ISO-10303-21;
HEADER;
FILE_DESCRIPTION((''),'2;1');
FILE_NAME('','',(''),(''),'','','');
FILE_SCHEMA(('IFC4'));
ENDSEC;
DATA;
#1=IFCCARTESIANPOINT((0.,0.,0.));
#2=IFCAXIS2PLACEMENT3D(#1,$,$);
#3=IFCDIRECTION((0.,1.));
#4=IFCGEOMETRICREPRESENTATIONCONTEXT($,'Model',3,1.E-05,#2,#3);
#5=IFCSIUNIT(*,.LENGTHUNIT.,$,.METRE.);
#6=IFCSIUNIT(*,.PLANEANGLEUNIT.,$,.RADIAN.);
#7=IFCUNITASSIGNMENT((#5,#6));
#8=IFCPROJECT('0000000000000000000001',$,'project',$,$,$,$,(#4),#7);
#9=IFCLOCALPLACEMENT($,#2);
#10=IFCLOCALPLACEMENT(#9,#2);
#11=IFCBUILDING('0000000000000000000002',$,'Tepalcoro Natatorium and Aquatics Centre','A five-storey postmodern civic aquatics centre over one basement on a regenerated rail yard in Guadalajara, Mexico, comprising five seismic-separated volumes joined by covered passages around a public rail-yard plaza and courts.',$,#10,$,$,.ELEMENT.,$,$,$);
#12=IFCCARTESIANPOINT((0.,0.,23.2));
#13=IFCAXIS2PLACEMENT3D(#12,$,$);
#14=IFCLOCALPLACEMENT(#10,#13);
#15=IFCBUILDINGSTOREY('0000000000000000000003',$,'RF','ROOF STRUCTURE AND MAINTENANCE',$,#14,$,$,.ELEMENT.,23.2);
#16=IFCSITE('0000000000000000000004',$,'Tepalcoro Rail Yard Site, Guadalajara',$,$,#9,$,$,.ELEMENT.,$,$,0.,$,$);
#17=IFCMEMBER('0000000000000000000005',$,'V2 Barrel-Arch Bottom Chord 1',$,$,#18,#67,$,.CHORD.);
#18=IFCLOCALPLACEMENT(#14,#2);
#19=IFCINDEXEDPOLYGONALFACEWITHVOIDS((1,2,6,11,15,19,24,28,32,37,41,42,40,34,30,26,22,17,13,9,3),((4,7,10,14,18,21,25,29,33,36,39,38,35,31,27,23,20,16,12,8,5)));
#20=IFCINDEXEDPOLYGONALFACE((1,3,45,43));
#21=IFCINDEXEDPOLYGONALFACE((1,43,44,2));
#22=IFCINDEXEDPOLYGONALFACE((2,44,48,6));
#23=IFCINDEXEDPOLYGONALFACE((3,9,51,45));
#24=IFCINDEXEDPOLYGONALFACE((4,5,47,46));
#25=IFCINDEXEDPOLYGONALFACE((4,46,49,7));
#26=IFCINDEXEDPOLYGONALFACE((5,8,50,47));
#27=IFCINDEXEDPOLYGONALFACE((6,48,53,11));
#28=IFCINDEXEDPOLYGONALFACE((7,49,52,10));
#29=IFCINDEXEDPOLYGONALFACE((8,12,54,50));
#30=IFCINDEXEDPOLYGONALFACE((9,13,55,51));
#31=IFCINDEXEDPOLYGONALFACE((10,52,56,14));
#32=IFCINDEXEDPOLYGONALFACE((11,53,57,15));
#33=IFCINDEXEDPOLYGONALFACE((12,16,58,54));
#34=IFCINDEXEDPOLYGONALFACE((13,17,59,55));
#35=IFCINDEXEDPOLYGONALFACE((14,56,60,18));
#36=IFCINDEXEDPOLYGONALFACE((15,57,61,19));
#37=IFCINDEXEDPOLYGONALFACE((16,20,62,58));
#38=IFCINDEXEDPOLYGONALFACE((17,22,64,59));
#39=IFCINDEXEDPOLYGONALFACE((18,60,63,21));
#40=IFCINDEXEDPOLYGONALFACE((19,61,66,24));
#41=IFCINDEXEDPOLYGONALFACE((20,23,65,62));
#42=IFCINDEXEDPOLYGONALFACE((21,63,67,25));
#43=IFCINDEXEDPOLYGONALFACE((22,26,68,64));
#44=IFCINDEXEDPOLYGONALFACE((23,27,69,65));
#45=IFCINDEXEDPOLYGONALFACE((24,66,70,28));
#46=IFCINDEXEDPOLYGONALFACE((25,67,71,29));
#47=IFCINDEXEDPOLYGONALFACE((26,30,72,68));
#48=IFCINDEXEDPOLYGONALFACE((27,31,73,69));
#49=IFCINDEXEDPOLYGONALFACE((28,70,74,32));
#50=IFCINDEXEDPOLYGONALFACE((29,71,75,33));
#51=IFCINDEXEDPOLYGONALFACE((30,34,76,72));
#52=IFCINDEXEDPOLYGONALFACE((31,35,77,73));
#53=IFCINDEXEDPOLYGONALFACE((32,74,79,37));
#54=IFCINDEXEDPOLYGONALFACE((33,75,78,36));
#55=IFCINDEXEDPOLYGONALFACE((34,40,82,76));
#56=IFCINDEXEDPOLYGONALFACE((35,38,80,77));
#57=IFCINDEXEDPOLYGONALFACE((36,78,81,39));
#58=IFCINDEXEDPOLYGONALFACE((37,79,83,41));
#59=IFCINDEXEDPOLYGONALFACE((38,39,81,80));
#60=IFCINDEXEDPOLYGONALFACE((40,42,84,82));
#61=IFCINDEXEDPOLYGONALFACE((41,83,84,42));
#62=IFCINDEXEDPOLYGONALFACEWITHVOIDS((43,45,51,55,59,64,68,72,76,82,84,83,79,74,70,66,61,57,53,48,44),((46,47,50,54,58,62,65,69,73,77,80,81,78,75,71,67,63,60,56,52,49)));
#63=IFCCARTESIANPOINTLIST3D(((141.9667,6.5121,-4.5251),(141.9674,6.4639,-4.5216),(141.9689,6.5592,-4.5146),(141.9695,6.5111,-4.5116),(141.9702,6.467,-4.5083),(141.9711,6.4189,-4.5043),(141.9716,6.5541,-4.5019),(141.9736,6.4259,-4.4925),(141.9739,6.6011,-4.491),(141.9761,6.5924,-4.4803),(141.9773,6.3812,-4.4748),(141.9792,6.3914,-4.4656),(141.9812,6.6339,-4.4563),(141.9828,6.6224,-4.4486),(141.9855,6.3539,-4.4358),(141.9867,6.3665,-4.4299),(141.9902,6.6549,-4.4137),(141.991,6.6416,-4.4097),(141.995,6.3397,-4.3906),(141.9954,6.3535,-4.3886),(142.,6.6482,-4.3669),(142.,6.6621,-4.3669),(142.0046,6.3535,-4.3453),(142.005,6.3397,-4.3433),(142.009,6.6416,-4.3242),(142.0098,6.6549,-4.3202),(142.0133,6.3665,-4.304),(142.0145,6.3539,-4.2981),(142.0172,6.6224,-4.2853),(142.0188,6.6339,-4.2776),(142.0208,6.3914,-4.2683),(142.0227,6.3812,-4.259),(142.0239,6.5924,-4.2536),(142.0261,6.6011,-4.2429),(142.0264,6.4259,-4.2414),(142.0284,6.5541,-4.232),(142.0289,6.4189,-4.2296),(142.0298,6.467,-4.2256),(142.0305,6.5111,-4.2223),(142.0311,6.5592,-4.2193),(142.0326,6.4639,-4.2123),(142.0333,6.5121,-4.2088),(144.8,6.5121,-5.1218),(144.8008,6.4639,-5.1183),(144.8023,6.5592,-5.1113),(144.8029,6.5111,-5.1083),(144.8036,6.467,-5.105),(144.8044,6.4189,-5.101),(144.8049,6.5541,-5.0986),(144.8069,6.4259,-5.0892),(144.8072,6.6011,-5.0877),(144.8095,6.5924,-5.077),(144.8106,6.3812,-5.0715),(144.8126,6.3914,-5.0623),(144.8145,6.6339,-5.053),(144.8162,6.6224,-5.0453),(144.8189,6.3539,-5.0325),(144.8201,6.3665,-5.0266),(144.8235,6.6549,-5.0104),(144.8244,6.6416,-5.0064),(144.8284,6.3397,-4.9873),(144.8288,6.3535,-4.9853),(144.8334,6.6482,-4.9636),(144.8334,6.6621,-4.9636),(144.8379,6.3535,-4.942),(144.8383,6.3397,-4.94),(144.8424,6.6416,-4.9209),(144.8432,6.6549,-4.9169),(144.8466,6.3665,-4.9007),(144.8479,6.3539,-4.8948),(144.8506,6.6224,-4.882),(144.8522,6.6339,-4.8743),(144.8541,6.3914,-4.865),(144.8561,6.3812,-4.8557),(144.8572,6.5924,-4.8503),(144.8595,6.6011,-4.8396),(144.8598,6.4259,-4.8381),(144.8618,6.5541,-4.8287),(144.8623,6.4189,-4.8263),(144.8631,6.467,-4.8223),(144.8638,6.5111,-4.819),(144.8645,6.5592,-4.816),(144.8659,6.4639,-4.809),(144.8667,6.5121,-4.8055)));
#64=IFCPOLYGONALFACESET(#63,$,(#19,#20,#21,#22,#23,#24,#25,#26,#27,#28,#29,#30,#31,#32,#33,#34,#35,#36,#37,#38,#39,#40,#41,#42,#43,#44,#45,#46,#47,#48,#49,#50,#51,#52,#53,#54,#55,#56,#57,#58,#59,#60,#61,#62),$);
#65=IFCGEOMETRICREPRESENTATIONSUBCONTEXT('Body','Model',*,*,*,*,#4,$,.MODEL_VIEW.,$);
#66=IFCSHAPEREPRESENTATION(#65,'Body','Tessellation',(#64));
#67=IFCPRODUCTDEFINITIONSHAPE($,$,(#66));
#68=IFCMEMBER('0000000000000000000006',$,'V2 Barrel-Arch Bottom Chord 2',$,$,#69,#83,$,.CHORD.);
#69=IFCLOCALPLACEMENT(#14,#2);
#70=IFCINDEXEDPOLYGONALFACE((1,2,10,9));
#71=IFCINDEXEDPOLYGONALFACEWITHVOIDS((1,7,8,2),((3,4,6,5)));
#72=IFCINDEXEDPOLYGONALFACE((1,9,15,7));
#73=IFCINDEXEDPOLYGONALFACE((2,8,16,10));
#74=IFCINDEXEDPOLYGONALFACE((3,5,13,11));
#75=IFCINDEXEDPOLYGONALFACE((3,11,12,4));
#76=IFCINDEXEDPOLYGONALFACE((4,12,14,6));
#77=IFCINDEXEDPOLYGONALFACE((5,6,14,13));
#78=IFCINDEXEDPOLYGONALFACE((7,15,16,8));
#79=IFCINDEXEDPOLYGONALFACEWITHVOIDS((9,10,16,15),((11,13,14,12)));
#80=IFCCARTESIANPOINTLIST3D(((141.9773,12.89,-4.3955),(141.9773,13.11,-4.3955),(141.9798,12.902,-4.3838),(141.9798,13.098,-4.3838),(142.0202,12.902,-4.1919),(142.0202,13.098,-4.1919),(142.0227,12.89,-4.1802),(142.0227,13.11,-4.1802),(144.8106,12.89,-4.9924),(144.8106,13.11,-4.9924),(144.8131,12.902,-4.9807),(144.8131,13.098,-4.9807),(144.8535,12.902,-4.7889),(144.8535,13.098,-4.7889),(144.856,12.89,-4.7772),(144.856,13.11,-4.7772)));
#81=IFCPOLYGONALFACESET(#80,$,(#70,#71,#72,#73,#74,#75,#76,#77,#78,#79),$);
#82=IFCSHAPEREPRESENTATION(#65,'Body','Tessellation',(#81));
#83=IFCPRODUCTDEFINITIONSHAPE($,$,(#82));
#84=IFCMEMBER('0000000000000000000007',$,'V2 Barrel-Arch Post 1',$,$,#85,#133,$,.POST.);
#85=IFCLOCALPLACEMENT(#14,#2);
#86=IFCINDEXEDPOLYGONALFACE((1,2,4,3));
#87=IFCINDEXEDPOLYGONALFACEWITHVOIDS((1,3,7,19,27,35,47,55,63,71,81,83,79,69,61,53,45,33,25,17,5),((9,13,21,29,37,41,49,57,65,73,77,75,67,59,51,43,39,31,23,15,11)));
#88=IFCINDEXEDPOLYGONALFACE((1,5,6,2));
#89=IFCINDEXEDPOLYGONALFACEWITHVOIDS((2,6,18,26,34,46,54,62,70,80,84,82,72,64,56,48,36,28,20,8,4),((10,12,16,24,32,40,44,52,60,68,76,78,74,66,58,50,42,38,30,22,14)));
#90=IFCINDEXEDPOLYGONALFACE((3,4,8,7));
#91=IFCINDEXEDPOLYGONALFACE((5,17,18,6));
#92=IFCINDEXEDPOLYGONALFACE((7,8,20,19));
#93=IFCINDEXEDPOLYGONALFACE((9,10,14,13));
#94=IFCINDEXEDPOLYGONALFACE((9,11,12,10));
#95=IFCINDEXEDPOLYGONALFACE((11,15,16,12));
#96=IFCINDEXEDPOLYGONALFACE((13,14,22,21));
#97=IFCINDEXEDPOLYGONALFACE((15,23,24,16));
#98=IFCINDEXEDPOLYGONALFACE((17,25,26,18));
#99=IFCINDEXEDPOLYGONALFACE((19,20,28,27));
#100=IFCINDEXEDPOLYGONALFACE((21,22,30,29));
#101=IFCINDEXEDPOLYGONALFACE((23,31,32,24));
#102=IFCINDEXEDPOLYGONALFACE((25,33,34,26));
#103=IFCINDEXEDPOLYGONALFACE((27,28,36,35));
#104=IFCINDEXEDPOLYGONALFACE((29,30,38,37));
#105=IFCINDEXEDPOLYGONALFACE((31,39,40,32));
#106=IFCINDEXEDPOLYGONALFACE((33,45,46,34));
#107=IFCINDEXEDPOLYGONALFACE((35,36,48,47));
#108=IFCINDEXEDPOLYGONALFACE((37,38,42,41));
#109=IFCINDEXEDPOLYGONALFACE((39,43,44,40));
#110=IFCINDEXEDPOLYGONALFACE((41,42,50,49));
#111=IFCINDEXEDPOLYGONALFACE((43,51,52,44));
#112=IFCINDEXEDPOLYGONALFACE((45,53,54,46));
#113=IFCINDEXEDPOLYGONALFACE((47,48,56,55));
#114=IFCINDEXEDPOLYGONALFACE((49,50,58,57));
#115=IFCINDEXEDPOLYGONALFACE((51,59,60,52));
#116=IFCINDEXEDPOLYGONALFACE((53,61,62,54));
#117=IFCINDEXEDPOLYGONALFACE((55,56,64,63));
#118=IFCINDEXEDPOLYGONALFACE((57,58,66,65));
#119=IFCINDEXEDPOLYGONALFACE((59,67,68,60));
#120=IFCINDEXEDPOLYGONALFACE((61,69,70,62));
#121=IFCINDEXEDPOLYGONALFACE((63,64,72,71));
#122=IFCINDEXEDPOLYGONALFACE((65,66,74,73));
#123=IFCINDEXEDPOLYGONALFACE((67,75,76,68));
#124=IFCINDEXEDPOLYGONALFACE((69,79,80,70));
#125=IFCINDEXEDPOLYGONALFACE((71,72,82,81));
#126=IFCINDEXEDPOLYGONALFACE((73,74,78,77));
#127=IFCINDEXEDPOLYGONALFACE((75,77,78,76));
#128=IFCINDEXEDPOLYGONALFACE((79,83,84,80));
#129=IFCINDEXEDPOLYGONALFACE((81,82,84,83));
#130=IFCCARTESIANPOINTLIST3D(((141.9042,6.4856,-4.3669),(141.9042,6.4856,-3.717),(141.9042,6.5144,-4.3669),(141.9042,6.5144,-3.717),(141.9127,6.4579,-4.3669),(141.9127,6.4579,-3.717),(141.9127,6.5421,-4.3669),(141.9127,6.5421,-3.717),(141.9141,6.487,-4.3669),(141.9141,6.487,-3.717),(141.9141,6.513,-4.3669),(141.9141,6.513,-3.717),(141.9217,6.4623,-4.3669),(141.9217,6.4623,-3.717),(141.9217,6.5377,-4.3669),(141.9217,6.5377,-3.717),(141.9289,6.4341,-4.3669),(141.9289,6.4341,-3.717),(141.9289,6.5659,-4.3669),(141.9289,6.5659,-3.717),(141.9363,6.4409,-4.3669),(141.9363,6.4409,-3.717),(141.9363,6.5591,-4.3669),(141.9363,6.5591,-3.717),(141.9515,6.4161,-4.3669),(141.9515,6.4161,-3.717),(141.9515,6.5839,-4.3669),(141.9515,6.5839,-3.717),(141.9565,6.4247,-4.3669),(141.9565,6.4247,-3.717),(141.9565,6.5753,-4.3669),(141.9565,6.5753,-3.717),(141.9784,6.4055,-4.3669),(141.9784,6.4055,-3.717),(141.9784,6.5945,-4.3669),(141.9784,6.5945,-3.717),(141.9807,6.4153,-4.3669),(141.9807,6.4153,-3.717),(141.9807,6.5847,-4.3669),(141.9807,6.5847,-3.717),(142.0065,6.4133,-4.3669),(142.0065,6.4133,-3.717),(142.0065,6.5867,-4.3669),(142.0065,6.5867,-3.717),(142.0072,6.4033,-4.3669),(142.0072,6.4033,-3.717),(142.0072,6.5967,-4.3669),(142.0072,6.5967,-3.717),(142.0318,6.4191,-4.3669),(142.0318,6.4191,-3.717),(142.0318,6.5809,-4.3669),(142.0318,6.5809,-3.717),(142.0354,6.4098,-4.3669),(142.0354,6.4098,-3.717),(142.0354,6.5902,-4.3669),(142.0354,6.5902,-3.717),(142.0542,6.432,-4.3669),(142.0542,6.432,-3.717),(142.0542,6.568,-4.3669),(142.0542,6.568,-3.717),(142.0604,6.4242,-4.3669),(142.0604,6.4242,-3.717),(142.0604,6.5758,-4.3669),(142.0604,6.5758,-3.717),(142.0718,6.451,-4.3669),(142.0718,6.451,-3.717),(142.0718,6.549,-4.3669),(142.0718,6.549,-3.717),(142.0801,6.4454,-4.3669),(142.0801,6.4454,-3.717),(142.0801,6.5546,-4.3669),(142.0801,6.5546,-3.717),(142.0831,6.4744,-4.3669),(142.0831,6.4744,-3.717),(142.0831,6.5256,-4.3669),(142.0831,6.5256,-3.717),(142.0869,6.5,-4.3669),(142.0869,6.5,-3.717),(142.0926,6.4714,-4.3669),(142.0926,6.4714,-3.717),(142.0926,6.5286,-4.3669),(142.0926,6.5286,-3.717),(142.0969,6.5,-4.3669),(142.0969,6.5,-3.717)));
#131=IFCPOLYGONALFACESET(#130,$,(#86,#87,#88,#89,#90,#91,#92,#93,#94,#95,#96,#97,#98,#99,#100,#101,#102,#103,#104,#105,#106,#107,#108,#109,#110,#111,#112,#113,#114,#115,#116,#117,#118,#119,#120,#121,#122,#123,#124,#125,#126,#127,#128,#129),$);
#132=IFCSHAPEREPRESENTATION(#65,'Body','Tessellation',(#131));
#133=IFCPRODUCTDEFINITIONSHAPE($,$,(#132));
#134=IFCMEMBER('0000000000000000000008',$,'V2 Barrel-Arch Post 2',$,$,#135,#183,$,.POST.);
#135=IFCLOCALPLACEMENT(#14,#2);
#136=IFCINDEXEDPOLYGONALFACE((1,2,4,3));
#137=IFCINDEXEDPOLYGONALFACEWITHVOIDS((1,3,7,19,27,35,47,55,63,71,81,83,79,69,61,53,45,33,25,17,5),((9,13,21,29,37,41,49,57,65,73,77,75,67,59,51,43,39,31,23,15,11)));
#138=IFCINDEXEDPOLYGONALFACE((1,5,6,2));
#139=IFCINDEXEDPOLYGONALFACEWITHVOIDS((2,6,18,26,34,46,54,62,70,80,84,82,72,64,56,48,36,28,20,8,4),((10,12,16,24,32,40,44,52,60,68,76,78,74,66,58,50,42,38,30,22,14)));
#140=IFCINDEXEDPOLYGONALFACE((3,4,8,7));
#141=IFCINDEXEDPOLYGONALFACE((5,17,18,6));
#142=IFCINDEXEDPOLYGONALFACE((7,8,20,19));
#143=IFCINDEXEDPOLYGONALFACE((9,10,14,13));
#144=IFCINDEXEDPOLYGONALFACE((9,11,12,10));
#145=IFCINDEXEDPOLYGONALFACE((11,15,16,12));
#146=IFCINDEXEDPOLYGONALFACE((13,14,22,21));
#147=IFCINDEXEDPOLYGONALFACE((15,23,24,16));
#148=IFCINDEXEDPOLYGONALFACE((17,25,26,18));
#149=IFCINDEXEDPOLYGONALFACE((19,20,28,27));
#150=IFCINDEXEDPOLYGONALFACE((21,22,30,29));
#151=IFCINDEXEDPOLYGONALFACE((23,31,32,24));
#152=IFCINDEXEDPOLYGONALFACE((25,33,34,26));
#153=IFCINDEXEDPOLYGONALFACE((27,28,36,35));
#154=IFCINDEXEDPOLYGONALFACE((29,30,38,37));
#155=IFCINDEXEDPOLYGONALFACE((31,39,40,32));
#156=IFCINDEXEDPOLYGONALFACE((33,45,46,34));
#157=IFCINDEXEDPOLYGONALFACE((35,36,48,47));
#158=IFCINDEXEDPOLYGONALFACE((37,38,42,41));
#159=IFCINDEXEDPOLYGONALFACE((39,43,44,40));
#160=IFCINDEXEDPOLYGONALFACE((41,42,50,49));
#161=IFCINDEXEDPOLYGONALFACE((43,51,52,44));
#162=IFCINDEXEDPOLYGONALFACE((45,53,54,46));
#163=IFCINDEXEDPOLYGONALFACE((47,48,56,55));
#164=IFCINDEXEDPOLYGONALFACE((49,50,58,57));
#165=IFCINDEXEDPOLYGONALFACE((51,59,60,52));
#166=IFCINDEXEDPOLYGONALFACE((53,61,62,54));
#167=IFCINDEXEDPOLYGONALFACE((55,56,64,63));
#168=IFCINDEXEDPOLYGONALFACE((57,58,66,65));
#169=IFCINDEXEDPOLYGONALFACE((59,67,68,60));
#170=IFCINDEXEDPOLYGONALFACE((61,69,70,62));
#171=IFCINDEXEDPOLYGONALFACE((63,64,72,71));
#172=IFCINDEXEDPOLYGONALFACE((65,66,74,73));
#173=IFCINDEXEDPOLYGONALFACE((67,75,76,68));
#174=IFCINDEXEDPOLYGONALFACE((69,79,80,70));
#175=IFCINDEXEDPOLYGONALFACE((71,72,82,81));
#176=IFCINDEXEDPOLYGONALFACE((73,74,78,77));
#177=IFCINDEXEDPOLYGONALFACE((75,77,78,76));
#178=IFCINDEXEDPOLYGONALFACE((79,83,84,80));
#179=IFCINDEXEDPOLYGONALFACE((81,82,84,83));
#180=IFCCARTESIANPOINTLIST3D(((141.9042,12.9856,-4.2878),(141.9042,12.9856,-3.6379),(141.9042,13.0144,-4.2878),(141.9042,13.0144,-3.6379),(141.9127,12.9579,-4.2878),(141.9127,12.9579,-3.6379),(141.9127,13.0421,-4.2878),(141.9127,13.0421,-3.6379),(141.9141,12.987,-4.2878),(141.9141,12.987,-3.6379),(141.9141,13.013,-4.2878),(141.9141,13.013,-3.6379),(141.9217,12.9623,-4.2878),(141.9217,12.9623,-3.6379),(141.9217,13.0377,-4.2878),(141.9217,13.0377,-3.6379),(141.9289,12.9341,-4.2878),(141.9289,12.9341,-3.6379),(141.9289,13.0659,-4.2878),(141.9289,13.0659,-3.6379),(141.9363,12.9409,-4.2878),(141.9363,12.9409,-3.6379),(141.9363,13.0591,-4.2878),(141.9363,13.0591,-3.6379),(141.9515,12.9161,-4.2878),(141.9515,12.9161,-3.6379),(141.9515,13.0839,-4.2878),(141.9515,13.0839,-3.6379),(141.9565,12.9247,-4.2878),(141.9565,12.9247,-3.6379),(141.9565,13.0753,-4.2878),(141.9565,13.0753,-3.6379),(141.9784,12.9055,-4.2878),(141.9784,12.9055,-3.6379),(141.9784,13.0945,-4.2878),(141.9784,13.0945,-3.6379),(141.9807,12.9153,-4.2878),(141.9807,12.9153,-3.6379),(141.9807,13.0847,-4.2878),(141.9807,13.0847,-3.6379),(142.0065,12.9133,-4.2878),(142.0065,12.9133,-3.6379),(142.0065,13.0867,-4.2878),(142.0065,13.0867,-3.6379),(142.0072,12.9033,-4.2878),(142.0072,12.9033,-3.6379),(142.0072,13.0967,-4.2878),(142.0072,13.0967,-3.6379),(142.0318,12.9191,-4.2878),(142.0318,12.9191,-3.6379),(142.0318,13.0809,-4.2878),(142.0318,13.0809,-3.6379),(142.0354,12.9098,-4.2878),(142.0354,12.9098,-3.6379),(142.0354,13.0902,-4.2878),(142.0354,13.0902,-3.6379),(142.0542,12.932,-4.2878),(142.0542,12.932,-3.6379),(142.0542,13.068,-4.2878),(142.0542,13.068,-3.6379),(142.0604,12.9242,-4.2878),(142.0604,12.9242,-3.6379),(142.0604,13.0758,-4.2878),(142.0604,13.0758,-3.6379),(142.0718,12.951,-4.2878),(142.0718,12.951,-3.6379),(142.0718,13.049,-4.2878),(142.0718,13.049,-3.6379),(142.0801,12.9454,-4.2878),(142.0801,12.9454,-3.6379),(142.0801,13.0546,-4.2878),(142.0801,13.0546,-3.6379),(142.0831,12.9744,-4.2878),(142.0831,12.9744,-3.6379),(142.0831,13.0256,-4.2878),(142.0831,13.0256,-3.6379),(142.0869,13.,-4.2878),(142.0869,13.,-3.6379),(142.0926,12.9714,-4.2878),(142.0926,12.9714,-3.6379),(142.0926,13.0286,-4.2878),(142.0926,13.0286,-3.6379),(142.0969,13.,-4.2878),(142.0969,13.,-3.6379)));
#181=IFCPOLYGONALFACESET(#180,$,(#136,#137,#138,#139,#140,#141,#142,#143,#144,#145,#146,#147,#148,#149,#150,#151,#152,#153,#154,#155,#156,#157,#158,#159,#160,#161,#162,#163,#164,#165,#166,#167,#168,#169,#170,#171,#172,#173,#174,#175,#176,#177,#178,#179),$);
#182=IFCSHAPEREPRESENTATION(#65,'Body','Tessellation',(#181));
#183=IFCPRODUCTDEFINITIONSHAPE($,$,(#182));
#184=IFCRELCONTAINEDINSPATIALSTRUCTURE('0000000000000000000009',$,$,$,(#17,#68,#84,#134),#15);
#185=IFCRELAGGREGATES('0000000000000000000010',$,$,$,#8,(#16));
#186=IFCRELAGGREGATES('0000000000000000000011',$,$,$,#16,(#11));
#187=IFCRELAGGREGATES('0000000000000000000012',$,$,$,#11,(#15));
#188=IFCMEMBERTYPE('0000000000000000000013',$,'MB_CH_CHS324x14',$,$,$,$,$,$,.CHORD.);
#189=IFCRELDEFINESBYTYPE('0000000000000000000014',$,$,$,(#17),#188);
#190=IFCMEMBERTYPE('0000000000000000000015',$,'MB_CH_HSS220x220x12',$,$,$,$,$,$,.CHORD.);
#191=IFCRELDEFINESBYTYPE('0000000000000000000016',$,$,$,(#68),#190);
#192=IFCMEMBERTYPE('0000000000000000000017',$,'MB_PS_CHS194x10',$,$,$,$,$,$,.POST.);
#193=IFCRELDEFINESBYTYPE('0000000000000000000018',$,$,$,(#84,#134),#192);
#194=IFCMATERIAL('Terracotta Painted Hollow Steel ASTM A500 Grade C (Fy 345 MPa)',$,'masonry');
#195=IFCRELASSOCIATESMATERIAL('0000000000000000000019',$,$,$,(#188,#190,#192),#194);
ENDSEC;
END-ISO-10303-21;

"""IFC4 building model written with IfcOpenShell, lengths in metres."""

from ifc_helpers import new_model, si_unit, direction, frame, origin, origin_2d, place, context, subcontext, project, spatial, hollow_rectangle, hollow_circle, extrude, material, material_profile, profile_set, type_object, element, save


model = new_model("IFC4")

# Units and contexts
model_context = context("Model", 3, precision=1e-05, world=origin(), true_north=direction((0.0, 1.0)))
body_context = subcontext(model_context, "Body", "Model", "MODEL_VIEW")
ifc_project = project(units=[si_unit("LENGTHUNIT", "METRE"), si_unit("PLANEANGLEUNIT", "RADIAN")], contexts=[model_context])

# Site, building, storey
site_placement = place(None, origin())
site = spatial("IfcSite", under=ifc_project, at=site_placement, Name="Tepalcoro Rail Yard Site, Guadalajara", CompositionType="ELEMENT", RefElevation=0.0)
building_placement = place(site_placement, origin())
building = spatial("IfcBuilding", under=site, at=building_placement, Name="Tepalcoro Natatorium and Aquatics Centre", Description="A five-storey postmodern civic aquatics centre over one basement on a regenerated rail yard in Guadalajara, Mexico, comprising five seismic-separated volumes joined by covered passages around a public rail-yard plaza and courts.", CompositionType="ELEMENT")
storey_placement = place(building_placement, frame((0.0, 0.0, 23.2)))
storey = spatial("IfcBuildingStorey", under=building, at=storey_placement, Name="RF", Description="ROOF STRUCTURE AND MAINTENANCE", CompositionType="ELEMENT", Elevation=23.2)

# Shared definitions
ifc_material_1 = material(Name="Terracotta Painted Hollow Steel ASTM A500 Grade C (Fy 345 MPa)", Category="masonry")

# Members
ifc_material_profile_1 = material_profile(ifc_material_1, hollow_circle(Radius=0.1621, WallThickness=0.0139, at=origin_2d()), Name="CHS324X14")
ifc_profile_set_1 = profile_set([ifc_material_profile_1], Name="Terracotta Painted Hollow Steel ASTM A500 Grade C (Fy 345 MPa)")
member_type_1 = type_object("IfcMemberType", Name="MB_CH_CHS324x14", PredefinedType="CHORD", material=ifc_profile_set_1)
member_1_placement = place(storey_placement, frame((142.0, 6.5, -4.3669), z_axis=(0.978535, 0.0, -0.206078), x_axis=(0.0, 1.0, 0.0)))
element("IfcMember", 1, at=member_1_placement, inside=storey, type_object=member_type_1, Name="V2 Barrel-Arch Bottom Chord 1", PredefinedType="CHORD", context=body_context, shape_type="SweptSolid", body=[
    extrude(hollow_circle(Radius=0.1621, WallThickness=0.0139, at=origin_2d()), origin(), (0.0, 0.0, 1.0), 2.8955),
])
ifc_material_profile_2 = material_profile(ifc_material_1, hollow_rectangle(XDim=0.22, YDim=0.22, WallThickness=0.012, at=origin_2d()), Name="HSS220X220X12")
ifc_profile_set_2 = profile_set([ifc_material_profile_2], Name="Terracotta Painted Hollow Steel ASTM A500 Grade C (Fy 345 MPa)")
member_type_2 = type_object("IfcMemberType", Name="MB_CH_HSS220x220x12", PredefinedType="CHORD", material=ifc_profile_set_2)
member_2_placement = place(storey_placement, frame((142.0, 13.0, -4.2878), z_axis=(0.978518, 0.0, -0.206159), x_axis=(0.0, 1.0, 0.0)))
element("IfcMember", 2, at=member_2_placement, inside=storey, type_object=member_type_2, Name="V2 Barrel-Arch Bottom Chord 2", PredefinedType="CHORD", context=body_context, shape_type="SweptSolid", body=[
    extrude(hollow_rectangle(XDim=0.22, YDim=0.22, WallThickness=0.012, at=origin_2d()), origin(), (0.0, 0.0, 1.0), 2.8955),
])
ifc_material_profile_3 = material_profile(ifc_material_1, hollow_circle(Radius=0.0969, WallThickness=0.01, at=origin_2d()), Name="CHS194X10")
ifc_profile_set_3 = profile_set([ifc_material_profile_3], Name="Terracotta Painted Hollow Steel ASTM A500 Grade C (Fy 345 MPa)")
member_type_3 = type_object("IfcMemberType", Name="MB_PS_CHS194x10", PredefinedType="POST", material=ifc_profile_set_3)
for number, where, z_axis, x_axis, name in (
    (3, (142.0, 6.5, -4.3669), (0.0, 0.0, 1.0), (1.0, 0.0, 0.0), "V2 Barrel-Arch Post 1"),
    (4, (142.0, 13.0, -4.2878), (0.0, 0.0, 1.0), (1.0, 0.0, 0.0), "V2 Barrel-Arch Post 2"),
):
    element("IfcMember", number, at=place(storey_placement, frame(where, z_axis=z_axis, x_axis=x_axis)), inside=storey, type_object=member_type_3, Name=name, PredefinedType="POST", context=body_context, shape_type="SweptSolid", body=[
        extrude(hollow_circle(Radius=0.0969, WallThickness=0.01, at=origin_2d()), origin(), (0.0, 0.0, 1.0), 0.6499),
    ])

save(model, "model.ifc")
